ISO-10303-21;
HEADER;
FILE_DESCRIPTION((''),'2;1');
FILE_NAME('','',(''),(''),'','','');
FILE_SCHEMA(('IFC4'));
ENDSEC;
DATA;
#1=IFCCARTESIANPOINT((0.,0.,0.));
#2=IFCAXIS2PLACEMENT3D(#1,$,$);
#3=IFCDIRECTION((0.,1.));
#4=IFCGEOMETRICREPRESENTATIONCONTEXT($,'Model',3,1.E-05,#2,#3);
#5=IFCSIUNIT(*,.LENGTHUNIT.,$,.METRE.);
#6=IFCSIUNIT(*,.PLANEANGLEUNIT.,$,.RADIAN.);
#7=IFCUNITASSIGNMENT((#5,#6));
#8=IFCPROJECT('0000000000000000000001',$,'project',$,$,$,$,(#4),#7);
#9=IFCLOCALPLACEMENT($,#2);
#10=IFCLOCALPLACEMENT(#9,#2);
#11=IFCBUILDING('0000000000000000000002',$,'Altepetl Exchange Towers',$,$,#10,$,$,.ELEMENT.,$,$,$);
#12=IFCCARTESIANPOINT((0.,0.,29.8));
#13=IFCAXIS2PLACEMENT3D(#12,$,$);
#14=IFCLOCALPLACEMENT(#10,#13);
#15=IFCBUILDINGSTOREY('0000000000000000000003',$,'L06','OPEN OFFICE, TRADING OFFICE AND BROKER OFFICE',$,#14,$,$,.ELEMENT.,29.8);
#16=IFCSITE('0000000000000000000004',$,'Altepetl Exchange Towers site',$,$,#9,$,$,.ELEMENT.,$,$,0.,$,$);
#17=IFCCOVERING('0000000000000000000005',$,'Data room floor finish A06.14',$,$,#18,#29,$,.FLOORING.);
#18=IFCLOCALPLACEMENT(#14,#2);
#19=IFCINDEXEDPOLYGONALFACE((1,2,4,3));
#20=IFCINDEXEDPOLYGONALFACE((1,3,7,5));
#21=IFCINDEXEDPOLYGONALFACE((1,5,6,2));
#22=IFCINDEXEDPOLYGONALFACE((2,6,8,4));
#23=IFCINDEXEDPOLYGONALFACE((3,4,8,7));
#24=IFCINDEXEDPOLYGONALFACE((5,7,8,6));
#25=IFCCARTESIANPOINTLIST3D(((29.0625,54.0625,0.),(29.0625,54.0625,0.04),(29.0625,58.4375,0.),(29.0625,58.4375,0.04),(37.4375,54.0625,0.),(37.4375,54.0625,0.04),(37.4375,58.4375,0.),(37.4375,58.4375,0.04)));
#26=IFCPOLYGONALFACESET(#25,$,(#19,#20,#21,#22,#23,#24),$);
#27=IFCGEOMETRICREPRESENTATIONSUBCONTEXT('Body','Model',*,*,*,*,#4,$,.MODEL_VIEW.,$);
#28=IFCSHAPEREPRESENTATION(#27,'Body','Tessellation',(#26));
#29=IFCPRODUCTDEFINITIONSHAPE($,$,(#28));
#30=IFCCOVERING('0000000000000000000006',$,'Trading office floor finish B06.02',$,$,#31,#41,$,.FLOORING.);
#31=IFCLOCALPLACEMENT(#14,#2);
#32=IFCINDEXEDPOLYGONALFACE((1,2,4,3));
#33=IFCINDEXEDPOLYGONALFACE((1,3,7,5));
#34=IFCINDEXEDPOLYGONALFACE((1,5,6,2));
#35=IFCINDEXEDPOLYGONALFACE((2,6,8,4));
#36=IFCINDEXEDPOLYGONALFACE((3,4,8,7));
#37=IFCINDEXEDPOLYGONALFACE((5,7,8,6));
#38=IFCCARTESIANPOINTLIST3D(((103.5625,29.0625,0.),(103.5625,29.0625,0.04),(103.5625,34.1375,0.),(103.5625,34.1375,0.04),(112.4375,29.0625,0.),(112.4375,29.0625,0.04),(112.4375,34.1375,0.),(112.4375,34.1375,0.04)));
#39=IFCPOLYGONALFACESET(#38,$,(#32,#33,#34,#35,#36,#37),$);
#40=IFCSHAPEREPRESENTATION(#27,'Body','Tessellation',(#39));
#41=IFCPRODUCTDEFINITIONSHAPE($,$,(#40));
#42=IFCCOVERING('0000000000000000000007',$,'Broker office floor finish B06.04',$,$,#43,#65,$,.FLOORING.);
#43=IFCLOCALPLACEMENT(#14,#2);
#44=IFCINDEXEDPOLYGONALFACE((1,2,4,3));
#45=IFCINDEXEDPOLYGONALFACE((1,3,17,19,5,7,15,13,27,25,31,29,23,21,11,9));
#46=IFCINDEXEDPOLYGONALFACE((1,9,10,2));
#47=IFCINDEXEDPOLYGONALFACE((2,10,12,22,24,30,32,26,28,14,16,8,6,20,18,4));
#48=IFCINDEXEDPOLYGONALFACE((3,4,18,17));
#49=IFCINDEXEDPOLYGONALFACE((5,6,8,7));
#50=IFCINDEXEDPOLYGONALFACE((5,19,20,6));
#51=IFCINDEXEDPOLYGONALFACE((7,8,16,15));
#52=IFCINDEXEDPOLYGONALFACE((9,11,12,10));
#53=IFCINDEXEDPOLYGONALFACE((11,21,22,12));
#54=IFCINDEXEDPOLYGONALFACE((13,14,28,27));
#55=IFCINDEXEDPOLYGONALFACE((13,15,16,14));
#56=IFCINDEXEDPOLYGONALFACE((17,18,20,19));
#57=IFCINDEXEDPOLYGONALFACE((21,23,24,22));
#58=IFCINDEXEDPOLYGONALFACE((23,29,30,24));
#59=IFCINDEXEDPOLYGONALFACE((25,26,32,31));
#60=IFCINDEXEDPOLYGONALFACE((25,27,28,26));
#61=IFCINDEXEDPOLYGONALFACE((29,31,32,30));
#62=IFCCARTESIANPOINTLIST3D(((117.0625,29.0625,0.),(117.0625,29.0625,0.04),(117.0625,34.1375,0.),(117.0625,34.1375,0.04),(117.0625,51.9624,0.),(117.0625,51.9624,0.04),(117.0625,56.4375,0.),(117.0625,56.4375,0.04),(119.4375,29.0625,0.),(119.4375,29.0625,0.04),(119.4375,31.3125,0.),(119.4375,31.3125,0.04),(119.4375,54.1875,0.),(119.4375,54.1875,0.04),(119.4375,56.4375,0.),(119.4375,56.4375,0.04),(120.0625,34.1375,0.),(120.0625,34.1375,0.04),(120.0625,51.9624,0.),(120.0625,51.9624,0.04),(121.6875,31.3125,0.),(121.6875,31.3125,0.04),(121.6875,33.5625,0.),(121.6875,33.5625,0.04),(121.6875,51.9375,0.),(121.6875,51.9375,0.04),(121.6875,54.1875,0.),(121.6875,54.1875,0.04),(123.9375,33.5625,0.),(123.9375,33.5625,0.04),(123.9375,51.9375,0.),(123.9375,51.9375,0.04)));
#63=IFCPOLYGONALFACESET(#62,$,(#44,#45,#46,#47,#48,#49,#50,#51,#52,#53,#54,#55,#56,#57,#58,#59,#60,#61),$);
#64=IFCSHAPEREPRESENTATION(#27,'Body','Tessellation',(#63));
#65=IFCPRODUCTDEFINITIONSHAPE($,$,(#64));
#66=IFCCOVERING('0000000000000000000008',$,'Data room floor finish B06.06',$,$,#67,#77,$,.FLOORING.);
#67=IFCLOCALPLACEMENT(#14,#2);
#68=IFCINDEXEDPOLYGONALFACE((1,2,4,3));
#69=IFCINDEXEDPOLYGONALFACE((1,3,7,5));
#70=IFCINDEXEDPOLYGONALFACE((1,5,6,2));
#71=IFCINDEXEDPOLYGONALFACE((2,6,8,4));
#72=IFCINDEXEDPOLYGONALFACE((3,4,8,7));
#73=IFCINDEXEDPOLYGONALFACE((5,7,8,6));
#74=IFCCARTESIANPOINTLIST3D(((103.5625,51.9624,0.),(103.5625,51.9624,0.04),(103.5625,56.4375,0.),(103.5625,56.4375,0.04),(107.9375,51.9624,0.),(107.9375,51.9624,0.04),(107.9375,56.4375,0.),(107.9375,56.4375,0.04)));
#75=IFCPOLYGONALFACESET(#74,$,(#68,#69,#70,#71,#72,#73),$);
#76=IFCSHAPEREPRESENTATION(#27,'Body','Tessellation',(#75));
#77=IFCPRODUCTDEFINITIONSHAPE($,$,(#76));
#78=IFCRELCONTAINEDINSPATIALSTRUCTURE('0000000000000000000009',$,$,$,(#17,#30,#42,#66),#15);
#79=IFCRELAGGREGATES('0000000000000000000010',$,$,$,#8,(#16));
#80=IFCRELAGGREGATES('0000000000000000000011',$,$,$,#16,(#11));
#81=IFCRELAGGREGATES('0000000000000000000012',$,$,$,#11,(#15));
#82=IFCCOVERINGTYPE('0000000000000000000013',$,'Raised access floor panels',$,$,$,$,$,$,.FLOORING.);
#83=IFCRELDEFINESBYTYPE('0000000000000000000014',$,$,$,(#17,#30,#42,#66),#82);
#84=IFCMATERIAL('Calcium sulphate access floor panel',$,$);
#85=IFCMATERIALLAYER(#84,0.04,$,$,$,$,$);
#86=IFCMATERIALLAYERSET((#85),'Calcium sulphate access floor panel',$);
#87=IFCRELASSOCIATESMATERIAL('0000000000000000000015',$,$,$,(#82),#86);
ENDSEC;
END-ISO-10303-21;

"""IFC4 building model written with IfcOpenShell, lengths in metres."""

from ifc_helpers import new_model, si_unit, direction, frame, origin, place, context, subcontext, project, spatial, polyline, outline, extrude, material, layer, layer_set, type_object, element, save


model = new_model("IFC4")

# Units and contexts
model_context = context("Model", 3, precision=1e-05, world=origin(), true_north=direction((0.0, 1.0)))
body_context = subcontext(model_context, "Body", "Model", "MODEL_VIEW")
ifc_project = project(units=[si_unit("LENGTHUNIT", "METRE"), si_unit("PLANEANGLEUNIT", "RADIAN")], contexts=[model_context])

# Site, building, storey
site_placement = place(None, origin())
site = spatial("IfcSite", under=ifc_project, at=site_placement, Name="Altepetl Exchange Towers site", CompositionType="ELEMENT", RefElevation=0.0)
building_placement = place(site_placement, origin())
building = spatial("IfcBuilding", under=site, at=building_placement, Name="Altepetl Exchange Towers", CompositionType="ELEMENT")
storey_placement = place(building_placement, frame((0.0, 0.0, 29.8)))
storey = spatial("IfcBuildingStorey", under=building, at=storey_placement, Name="L06", Description="OPEN OFFICE, TRADING OFFICE AND BROKER OFFICE", CompositionType="ELEMENT", Elevation=29.8)

# Coverings
ifc_material_1 = material(Name="Calcium sulphate access floor panel")
ifc_layer_1 = layer(ifc_material_1, 0.04)
ifc_layer_set_1 = layer_set([ifc_layer_1], Name="Calcium sulphate access floor panel")
covering_type_1 = type_object("IfcCoveringType", Name="Raised access floor panels", PredefinedType="FLOORING", material=ifc_layer_set_1)
covering_1_placement = place(storey_placement, origin())
element("IfcCovering", 1, at=covering_1_placement, inside=storey, type_object=covering_type_1, Name="Data room floor finish A06.14", PredefinedType="FLOORING", context=body_context, shape_type="SweptSolid", body=[
    extrude(outline(polyline([(29.0625, 54.0625), (37.4375, 54.0625), (37.4375, 58.4375), (29.0625, 58.4375), (29.0625, 54.0625)])), origin(), (0.0, 0.0, 1.0), 0.04),
])
covering_2_placement = place(storey_placement, origin())
element("IfcCovering", 2, at=covering_2_placement, inside=storey, type_object=covering_type_1, Name="Trading office floor finish B06.02", PredefinedType="FLOORING", context=body_context, shape_type="SweptSolid", body=[
    extrude(outline(polyline([(103.5625, 34.1375), (103.5625, 29.0625), (112.4375, 29.0625), (112.4375, 34.1375), (103.5625, 34.1375)])), origin(), (0.0, 0.0, 1.0), 0.04),
])
covering_3_placement = place(storey_placement, origin())
element("IfcCovering", 3, at=covering_3_placement, inside=storey, type_object=covering_type_1, Name="Broker office floor finish B06.04", PredefinedType="FLOORING", context=body_context, shape_type="SweptSolid", body=[
    extrude(outline(polyline([(117.0625, 56.4375), (117.0625, 51.9624), (120.0625, 51.9624), (120.0625, 34.1375), (117.0625, 34.1375), (117.0625, 29.0625), (119.4375, 29.0625), (119.4375, 31.3125), (121.6875, 31.3125), (121.6875, 33.5625), (123.9375, 33.5625), (123.9375, 51.9375), (121.6875, 51.9375), (121.6875, 54.1875), (119.4375, 54.1875), (119.4375, 56.4375), (117.0625, 56.4375)])), origin(), (0.0, 0.0, 1.0), 0.04),
])
covering_4_placement = place(storey_placement, origin())
element("IfcCovering", 4, at=covering_4_placement, inside=storey, type_object=covering_type_1, Name="Data room floor finish B06.06", PredefinedType="FLOORING", context=body_context, shape_type="SweptSolid", body=[
    extrude(outline(polyline([(103.5625, 56.4375), (103.5625, 51.9624), (107.9375, 51.9624), (107.9375, 56.4375), (103.5625, 56.4375)])), origin(), (0.0, 0.0, 1.0), 0.04),
])

save(model, "model.ifc")
